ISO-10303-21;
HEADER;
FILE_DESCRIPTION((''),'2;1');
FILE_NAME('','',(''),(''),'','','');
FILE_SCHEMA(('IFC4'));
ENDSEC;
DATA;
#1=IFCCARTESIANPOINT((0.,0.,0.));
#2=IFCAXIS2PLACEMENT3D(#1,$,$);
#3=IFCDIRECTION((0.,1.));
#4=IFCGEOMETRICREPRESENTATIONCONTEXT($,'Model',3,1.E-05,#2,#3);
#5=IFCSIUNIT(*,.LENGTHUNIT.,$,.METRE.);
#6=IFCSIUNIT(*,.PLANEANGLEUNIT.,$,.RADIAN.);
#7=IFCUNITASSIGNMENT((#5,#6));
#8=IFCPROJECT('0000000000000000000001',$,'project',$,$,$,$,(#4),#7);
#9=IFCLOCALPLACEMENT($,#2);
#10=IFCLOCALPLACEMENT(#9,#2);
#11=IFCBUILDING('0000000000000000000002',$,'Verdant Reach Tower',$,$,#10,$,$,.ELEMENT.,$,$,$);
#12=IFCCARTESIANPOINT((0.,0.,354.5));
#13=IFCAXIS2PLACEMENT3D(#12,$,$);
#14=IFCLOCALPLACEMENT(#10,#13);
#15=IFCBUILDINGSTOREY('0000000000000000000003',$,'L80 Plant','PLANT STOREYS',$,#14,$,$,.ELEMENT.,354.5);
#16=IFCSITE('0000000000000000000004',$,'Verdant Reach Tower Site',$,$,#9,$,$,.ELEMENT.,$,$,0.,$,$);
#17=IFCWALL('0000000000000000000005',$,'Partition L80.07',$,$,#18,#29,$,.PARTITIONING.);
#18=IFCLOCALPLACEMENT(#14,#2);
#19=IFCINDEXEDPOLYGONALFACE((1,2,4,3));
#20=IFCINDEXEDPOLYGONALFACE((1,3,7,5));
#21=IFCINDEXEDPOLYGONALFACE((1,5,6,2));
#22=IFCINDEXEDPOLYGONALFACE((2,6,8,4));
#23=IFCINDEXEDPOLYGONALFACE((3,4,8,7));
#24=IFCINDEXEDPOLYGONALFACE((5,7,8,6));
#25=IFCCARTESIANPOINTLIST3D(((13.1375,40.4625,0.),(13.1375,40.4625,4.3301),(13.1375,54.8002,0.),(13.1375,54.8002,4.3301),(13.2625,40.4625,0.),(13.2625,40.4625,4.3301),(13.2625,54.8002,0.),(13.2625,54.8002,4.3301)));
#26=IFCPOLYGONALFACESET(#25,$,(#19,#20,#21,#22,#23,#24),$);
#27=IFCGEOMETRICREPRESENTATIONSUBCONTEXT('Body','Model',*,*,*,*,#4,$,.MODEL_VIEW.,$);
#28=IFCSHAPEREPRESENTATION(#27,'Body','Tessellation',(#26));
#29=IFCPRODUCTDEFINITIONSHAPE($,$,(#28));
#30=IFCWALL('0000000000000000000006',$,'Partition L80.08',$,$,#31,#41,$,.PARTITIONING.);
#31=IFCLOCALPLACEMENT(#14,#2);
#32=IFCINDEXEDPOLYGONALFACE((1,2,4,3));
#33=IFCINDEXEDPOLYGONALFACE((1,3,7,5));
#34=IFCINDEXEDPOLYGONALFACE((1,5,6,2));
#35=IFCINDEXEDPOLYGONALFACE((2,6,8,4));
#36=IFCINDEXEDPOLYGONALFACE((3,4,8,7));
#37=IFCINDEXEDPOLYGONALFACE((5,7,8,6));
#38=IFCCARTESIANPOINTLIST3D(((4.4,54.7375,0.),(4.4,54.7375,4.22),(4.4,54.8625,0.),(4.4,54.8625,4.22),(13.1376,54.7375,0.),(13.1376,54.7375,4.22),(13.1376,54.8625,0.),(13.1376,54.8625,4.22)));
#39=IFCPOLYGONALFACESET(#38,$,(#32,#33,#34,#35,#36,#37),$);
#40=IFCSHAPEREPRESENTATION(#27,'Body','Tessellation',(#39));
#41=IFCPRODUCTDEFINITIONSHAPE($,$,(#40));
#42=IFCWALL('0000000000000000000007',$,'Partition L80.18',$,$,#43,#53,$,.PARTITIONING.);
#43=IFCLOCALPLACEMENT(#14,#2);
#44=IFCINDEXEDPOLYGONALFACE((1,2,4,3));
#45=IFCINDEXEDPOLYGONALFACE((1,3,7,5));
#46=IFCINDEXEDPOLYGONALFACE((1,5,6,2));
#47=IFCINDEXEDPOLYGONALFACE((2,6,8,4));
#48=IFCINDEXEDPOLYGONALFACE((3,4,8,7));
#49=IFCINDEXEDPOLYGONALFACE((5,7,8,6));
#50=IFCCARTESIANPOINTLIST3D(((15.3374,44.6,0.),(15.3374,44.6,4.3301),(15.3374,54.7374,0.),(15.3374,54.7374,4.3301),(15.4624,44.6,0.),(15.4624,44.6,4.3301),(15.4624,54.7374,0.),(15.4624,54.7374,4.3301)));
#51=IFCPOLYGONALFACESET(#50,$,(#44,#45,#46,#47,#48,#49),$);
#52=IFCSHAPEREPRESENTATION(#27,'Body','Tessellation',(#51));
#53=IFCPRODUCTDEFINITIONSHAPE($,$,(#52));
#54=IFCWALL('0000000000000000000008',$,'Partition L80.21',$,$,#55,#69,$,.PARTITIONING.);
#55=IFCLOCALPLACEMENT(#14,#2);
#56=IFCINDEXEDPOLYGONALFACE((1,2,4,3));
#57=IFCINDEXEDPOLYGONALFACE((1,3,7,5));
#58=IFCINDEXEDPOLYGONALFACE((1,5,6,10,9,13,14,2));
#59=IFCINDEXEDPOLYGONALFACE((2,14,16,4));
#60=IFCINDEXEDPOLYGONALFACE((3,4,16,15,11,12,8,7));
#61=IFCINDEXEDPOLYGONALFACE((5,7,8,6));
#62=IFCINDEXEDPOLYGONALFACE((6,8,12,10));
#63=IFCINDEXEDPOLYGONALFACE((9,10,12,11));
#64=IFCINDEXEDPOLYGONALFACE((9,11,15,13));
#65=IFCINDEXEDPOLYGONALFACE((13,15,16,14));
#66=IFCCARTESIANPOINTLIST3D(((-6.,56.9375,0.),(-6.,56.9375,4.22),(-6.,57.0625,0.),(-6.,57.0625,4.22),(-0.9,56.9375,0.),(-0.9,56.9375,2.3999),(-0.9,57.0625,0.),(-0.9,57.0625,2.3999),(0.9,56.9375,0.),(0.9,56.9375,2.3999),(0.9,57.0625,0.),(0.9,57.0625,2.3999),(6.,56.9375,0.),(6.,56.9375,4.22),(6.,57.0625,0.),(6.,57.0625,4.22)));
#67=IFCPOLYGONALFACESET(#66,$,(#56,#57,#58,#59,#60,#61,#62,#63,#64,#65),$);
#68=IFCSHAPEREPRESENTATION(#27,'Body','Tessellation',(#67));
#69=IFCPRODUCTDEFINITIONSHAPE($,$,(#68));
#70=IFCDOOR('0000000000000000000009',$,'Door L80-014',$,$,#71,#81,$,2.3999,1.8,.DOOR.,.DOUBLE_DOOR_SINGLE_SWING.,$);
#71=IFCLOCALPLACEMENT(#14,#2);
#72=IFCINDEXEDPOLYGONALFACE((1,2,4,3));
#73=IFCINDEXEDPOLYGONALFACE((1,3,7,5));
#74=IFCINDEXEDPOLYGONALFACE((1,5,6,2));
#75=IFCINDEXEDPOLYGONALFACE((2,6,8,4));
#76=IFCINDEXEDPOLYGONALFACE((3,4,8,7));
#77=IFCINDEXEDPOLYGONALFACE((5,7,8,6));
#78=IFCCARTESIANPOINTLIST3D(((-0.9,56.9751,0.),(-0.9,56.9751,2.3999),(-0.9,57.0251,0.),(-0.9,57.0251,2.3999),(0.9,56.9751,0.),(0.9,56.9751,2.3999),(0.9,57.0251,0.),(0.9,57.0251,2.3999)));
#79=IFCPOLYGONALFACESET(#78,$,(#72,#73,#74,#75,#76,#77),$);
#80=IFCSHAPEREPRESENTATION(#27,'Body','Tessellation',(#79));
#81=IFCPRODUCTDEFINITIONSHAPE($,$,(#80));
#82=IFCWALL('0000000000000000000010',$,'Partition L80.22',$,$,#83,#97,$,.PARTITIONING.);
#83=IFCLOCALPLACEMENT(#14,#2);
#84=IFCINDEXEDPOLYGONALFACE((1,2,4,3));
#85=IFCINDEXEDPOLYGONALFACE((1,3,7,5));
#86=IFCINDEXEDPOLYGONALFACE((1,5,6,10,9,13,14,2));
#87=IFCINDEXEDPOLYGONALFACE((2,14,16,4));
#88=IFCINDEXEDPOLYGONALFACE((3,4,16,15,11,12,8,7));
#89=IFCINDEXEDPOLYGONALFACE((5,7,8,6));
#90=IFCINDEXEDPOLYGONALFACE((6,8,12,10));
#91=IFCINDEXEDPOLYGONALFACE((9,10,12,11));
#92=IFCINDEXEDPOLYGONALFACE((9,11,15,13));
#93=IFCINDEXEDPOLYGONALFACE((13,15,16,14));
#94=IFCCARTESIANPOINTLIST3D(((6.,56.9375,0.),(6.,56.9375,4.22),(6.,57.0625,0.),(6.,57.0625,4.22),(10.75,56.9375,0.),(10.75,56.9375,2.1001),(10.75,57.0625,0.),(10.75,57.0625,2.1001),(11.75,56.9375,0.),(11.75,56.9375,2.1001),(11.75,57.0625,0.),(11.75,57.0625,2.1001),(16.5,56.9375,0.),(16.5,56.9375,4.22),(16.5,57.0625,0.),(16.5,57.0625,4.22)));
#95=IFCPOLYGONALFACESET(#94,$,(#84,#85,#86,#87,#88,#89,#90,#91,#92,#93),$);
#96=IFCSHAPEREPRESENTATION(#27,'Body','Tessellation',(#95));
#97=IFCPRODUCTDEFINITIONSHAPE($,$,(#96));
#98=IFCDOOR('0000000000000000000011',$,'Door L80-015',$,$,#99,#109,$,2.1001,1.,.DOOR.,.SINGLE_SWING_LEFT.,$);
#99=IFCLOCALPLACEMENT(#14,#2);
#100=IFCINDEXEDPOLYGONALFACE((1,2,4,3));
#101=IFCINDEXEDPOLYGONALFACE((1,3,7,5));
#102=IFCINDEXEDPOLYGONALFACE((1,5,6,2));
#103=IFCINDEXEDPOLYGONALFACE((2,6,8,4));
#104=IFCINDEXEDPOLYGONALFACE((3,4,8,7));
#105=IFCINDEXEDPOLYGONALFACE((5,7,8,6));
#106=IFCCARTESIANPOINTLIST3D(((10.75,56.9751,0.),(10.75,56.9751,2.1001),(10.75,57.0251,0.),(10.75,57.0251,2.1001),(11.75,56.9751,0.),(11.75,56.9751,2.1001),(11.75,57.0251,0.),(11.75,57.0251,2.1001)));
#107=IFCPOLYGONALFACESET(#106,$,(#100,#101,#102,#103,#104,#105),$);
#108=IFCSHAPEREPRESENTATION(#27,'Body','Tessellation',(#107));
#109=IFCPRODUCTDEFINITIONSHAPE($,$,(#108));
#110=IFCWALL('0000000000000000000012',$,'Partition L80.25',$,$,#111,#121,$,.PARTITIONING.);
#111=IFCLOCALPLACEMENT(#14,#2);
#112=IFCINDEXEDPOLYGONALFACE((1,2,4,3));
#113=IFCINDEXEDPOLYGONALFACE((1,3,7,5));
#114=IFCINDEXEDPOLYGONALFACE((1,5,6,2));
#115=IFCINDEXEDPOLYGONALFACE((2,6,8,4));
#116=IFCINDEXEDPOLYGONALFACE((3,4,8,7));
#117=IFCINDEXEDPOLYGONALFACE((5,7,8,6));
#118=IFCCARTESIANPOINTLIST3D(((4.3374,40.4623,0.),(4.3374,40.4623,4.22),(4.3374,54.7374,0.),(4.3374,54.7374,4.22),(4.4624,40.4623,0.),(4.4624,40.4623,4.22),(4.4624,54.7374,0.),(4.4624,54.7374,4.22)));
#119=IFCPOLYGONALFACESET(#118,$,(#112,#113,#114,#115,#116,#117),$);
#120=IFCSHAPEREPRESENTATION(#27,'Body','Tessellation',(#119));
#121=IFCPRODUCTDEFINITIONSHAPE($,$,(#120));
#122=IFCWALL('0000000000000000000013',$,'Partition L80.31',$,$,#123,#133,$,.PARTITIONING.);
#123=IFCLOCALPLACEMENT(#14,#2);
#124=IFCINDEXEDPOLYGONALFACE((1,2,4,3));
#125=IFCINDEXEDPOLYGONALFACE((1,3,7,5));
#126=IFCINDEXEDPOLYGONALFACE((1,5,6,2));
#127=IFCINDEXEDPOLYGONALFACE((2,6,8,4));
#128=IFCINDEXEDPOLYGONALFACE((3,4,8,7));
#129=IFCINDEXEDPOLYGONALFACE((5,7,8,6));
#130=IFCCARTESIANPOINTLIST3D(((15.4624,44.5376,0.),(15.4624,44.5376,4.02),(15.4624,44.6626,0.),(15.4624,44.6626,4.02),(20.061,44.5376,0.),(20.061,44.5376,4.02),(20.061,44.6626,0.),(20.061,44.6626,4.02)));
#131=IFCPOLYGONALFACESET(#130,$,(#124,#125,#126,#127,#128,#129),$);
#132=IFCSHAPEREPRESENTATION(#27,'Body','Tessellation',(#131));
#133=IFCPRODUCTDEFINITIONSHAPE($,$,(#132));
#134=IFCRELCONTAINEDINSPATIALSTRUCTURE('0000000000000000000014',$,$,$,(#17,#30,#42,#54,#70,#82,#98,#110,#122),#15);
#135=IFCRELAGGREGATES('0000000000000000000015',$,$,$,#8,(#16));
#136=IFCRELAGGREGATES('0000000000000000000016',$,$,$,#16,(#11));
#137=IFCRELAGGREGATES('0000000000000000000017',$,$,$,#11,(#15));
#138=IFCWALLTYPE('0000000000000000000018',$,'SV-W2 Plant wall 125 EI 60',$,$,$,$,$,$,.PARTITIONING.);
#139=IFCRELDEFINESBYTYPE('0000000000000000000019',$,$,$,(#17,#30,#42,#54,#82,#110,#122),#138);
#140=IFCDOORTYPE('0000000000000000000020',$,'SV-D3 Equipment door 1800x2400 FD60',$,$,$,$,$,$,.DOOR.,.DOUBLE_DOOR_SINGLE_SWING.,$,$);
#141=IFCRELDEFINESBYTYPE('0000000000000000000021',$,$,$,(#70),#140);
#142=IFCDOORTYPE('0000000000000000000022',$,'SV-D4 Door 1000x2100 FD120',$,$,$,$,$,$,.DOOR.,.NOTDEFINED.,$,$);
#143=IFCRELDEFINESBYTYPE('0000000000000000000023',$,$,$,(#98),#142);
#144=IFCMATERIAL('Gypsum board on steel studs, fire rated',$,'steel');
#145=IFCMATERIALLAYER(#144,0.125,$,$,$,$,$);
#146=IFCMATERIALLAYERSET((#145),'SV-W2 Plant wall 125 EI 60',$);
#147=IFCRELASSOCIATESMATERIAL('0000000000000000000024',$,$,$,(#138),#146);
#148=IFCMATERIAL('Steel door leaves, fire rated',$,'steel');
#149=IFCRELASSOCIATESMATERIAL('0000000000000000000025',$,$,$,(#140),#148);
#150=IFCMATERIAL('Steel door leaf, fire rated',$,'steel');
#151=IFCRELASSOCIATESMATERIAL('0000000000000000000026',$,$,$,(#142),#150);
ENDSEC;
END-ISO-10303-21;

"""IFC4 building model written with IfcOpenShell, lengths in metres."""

from ifc_helpers import new_model, si_unit, direction, frame, frame_2d, origin, place, context, subcontext, project, spatial, rectangle, extrude, material, layer, layer_set, type_object, element, fill, save


model = new_model("IFC4")

# Units and contexts
model_context = context("Model", 3, precision=1e-05, world=origin(), true_north=direction((0.0, 1.0)))
body_context = subcontext(model_context, "Body", "Model", "MODEL_VIEW")
ifc_project = project(units=[si_unit("LENGTHUNIT", "METRE"), si_unit("PLANEANGLEUNIT", "RADIAN")], contexts=[model_context])

# Site, building, storey
site_placement = place(None, origin())
site = spatial("IfcSite", under=ifc_project, at=site_placement, Name="Verdant Reach Tower Site", CompositionType="ELEMENT", RefElevation=0.0)
building_placement = place(site_placement, origin())
building = spatial("IfcBuilding", under=site, at=building_placement, Name="Verdant Reach Tower", CompositionType="ELEMENT")
storey_placement = place(building_placement, frame((0.0, 0.0, 354.5)))
storey = spatial("IfcBuildingStorey", under=building, at=storey_placement, Name="L80 Plant", Description="PLANT STOREYS", CompositionType="ELEMENT", Elevation=354.5)

# Shared definitions
ifc_material_1 = material(Name="Gypsum board on steel studs, fire rated", Category="steel")
ifc_layer = layer(ifc_material_1, 0.125)
ifc_layer_set = layer_set([ifc_layer], Name="SV-W2 Plant wall 125 EI 60")
wall_type = type_object("IfcWallType", Name="SV-W2 Plant wall 125 EI 60", PredefinedType="PARTITIONING", material=ifc_layer_set)
ifc_material_2 = material(Name="Steel door leaves, fire rated", Category="steel")
door_type_1 = type_object("IfcDoorType", Name="SV-D3 Equipment door 1800x2400 FD60", OperationType="DOUBLE_DOOR_SINGLE_SWING", PredefinedType="DOOR", material=ifc_material_2)

# Walls
wall_1_placement = place(storey_placement, frame((13.2, 40.4624, 0.0), z_axis=(0.0, 0.0, 1.0), x_axis=(0.0, 1.0, 0.0)))
element("IfcWall", 1, at=wall_1_placement, inside=storey, type_object=wall_type, Name="Partition L80.07", PredefinedType="PARTITIONING", context=body_context, shape_type="SweptSolid", body=[
    extrude(rectangle(XDim=14.3376, YDim=0.125, at=frame_2d((7.1689, 0.0))), origin(), (0.0, 0.0, 1.0), 4.3301),
])
wall_2_placement = place(storey_placement, frame((13.1375, 54.8, 0.0), z_axis=(0.0, 0.0, 1.0), x_axis=(-1.0, 0.0, 0.0)))
element("IfcWall", 2, at=wall_2_placement, inside=storey, type_object=wall_type, Name="Partition L80.08", PredefinedType="PARTITIONING", context=body_context, shape_type="SweptSolid", body=[
    extrude(rectangle(XDim=8.7375, YDim=0.125, at=frame_2d((4.3687, 0.0))), origin(), (0.0, 0.0, 1.0), 4.22),
])
wall_3_placement = place(storey_placement, frame((15.3999, 54.7375, 0.0), z_axis=(0.0, 0.0, 1.0), x_axis=(0.0, -1.0, 0.0)))
element("IfcWall", 3, at=wall_3_placement, inside=storey, type_object=wall_type, Name="Partition L80.18", PredefinedType="PARTITIONING", context=body_context, shape_type="SweptSolid", body=[
    extrude(rectangle(XDim=10.1375, YDim=0.125, at=frame_2d((5.0688, 0.0))), origin(), (0.0, 0.0, 1.0), 4.3301),
])

# Walls, openings, doors
wall_4_placement = place(storey_placement, frame((6.0, 57.0, 0.0), z_axis=(0.0, 0.0, 1.0), x_axis=(-1.0, 0.0, 0.0)))
wall_4 = element("IfcWall", 4, at=wall_4_placement, inside=storey, type_object=wall_type, Name="Partition L80.21", PredefinedType="PARTITIONING", context=body_context, shape_type="SweptSolid", body=[
    extrude(rectangle(XDim=12.0, YDim=0.125, at=frame_2d((6.0, 0.0))), origin(), (0.0, 0.0, 1.0), 4.22),
])
opening_1_placement = place(wall_4_placement, frame((5.1001, 0.0, 0.0)))
opening_1 = element("IfcOpeningElement", 5, at=opening_1_placement, cuts=wall_4, PredefinedType="OPENING", context=body_context, shape_type="SweptSolid", body=[
    extrude(rectangle(XDim=1.8, YDim=2.3999, at=frame_2d((0.8999, 1.2))), frame((0.0, 0.0725, 0.0), z_axis=(0.0, -1.0, 0.0), x_axis=(1.0, 0.0, 0.0)), (0.0, 0.0, 1.0), 0.145),
])
door_1_placement = place(opening_1_placement, origin())
door_1 = element("IfcDoor", 6, at=door_1_placement, inside=storey, type_object=door_type_1, Name="Door L80-014", OperationType="DOUBLE_DOOR_SINGLE_SWING", OverallHeight=2.3999, OverallWidth=1.8, PredefinedType="DOOR", context=body_context, shape_type="SweptSolid", body=[
    extrude(rectangle(XDim=1.8, YDim=2.3999, at=frame_2d((0.8999, 1.2))), frame((0.0, 0.0249, 0.0), z_axis=(0.0, -1.0, 0.0), x_axis=(1.0, 0.0, 0.0)), (0.0, 0.0, 1.0), 0.05),
])
fill(opening_1, door_1)
wall_5_placement = place(storey_placement, frame((16.5, 57.0, 0.0), z_axis=(0.0, 0.0, 1.0), x_axis=(-1.0, 0.0, 0.0)))
wall_5 = element("IfcWall", 7, at=wall_5_placement, inside=storey, type_object=wall_type, Name="Partition L80.22", PredefinedType="PARTITIONING", context=body_context, shape_type="SweptSolid", body=[
    extrude(rectangle(XDim=10.5, YDim=0.125, at=frame_2d((5.25, 0.0))), origin(), (0.0, 0.0, 1.0), 4.22),
])
opening_2_placement = place(wall_5_placement, frame((4.75, 0.0, 0.0)))
opening_2 = element("IfcOpeningElement", 8, at=opening_2_placement, cuts=wall_5, PredefinedType="OPENING", context=body_context, shape_type="SweptSolid", body=[
    extrude(rectangle(XDim=1.0, YDim=2.1001, at=frame_2d((0.5, 1.05))), frame((0.0, 0.0725, 0.0), z_axis=(0.0, -1.0, 0.0), x_axis=(1.0, 0.0, 0.0)), (0.0, 0.0, 1.0), 0.145),
])
ifc_material_3 = material(Name="Steel door leaf, fire rated", Category="steel")
door_type_2 = type_object("IfcDoorType", Name="SV-D4 Door 1000x2100 FD120", OperationType="NOTDEFINED", PredefinedType="DOOR", material=ifc_material_3)
door_2_placement = place(opening_2_placement, origin())
door_2 = element("IfcDoor", 9, at=door_2_placement, inside=storey, type_object=door_type_2, Name="Door L80-015", OperationType="SINGLE_SWING_LEFT", OverallHeight=2.1001, OverallWidth=1.0, PredefinedType="DOOR", context=body_context, shape_type="SweptSolid", body=[
    extrude(rectangle(XDim=1.0, YDim=2.1001, at=frame_2d((0.5, 1.05))), frame((0.0, 0.0249, 0.0), z_axis=(0.0, -1.0, 0.0), x_axis=(1.0, 0.0, 0.0)), (0.0, 0.0, 1.0), 0.05),
])
fill(opening_2, door_2)

# Walls
wall_6_placement = place(storey_placement, frame((4.3999, 54.7375, 0.0), z_axis=(0.0, 0.0, 1.0), x_axis=(0.0, -1.0, 0.0)))
element("IfcWall", 10, at=wall_6_placement, inside=storey, type_object=wall_type, Name="Partition L80.25", PredefinedType="PARTITIONING", context=body_context, shape_type="SweptSolid", body=[
    extrude(rectangle(XDim=14.2751, YDim=0.125, at=frame_2d((7.1377, 0.0))), origin(), (0.0, 0.0, 1.0), 4.22),
])
wall_7_placement = place(storey_placement, frame((15.4624, 44.6001, 0.0), z_axis=(0.0, 0.0, 1.0), x_axis=(1.0, 0.0, 0.0)))
element("IfcWall", 11, at=wall_7_placement, inside=storey, type_object=wall_type, Name="Partition L80.31", PredefinedType="PARTITIONING", context=body_context, shape_type="SweptSolid", body=[
    extrude(rectangle(XDim=4.5986, YDim=0.125, at=frame_2d((2.2993, 0.0))), origin(), (0.0, 0.0, 1.0), 4.02),
])

save(model, "model.ifc")
